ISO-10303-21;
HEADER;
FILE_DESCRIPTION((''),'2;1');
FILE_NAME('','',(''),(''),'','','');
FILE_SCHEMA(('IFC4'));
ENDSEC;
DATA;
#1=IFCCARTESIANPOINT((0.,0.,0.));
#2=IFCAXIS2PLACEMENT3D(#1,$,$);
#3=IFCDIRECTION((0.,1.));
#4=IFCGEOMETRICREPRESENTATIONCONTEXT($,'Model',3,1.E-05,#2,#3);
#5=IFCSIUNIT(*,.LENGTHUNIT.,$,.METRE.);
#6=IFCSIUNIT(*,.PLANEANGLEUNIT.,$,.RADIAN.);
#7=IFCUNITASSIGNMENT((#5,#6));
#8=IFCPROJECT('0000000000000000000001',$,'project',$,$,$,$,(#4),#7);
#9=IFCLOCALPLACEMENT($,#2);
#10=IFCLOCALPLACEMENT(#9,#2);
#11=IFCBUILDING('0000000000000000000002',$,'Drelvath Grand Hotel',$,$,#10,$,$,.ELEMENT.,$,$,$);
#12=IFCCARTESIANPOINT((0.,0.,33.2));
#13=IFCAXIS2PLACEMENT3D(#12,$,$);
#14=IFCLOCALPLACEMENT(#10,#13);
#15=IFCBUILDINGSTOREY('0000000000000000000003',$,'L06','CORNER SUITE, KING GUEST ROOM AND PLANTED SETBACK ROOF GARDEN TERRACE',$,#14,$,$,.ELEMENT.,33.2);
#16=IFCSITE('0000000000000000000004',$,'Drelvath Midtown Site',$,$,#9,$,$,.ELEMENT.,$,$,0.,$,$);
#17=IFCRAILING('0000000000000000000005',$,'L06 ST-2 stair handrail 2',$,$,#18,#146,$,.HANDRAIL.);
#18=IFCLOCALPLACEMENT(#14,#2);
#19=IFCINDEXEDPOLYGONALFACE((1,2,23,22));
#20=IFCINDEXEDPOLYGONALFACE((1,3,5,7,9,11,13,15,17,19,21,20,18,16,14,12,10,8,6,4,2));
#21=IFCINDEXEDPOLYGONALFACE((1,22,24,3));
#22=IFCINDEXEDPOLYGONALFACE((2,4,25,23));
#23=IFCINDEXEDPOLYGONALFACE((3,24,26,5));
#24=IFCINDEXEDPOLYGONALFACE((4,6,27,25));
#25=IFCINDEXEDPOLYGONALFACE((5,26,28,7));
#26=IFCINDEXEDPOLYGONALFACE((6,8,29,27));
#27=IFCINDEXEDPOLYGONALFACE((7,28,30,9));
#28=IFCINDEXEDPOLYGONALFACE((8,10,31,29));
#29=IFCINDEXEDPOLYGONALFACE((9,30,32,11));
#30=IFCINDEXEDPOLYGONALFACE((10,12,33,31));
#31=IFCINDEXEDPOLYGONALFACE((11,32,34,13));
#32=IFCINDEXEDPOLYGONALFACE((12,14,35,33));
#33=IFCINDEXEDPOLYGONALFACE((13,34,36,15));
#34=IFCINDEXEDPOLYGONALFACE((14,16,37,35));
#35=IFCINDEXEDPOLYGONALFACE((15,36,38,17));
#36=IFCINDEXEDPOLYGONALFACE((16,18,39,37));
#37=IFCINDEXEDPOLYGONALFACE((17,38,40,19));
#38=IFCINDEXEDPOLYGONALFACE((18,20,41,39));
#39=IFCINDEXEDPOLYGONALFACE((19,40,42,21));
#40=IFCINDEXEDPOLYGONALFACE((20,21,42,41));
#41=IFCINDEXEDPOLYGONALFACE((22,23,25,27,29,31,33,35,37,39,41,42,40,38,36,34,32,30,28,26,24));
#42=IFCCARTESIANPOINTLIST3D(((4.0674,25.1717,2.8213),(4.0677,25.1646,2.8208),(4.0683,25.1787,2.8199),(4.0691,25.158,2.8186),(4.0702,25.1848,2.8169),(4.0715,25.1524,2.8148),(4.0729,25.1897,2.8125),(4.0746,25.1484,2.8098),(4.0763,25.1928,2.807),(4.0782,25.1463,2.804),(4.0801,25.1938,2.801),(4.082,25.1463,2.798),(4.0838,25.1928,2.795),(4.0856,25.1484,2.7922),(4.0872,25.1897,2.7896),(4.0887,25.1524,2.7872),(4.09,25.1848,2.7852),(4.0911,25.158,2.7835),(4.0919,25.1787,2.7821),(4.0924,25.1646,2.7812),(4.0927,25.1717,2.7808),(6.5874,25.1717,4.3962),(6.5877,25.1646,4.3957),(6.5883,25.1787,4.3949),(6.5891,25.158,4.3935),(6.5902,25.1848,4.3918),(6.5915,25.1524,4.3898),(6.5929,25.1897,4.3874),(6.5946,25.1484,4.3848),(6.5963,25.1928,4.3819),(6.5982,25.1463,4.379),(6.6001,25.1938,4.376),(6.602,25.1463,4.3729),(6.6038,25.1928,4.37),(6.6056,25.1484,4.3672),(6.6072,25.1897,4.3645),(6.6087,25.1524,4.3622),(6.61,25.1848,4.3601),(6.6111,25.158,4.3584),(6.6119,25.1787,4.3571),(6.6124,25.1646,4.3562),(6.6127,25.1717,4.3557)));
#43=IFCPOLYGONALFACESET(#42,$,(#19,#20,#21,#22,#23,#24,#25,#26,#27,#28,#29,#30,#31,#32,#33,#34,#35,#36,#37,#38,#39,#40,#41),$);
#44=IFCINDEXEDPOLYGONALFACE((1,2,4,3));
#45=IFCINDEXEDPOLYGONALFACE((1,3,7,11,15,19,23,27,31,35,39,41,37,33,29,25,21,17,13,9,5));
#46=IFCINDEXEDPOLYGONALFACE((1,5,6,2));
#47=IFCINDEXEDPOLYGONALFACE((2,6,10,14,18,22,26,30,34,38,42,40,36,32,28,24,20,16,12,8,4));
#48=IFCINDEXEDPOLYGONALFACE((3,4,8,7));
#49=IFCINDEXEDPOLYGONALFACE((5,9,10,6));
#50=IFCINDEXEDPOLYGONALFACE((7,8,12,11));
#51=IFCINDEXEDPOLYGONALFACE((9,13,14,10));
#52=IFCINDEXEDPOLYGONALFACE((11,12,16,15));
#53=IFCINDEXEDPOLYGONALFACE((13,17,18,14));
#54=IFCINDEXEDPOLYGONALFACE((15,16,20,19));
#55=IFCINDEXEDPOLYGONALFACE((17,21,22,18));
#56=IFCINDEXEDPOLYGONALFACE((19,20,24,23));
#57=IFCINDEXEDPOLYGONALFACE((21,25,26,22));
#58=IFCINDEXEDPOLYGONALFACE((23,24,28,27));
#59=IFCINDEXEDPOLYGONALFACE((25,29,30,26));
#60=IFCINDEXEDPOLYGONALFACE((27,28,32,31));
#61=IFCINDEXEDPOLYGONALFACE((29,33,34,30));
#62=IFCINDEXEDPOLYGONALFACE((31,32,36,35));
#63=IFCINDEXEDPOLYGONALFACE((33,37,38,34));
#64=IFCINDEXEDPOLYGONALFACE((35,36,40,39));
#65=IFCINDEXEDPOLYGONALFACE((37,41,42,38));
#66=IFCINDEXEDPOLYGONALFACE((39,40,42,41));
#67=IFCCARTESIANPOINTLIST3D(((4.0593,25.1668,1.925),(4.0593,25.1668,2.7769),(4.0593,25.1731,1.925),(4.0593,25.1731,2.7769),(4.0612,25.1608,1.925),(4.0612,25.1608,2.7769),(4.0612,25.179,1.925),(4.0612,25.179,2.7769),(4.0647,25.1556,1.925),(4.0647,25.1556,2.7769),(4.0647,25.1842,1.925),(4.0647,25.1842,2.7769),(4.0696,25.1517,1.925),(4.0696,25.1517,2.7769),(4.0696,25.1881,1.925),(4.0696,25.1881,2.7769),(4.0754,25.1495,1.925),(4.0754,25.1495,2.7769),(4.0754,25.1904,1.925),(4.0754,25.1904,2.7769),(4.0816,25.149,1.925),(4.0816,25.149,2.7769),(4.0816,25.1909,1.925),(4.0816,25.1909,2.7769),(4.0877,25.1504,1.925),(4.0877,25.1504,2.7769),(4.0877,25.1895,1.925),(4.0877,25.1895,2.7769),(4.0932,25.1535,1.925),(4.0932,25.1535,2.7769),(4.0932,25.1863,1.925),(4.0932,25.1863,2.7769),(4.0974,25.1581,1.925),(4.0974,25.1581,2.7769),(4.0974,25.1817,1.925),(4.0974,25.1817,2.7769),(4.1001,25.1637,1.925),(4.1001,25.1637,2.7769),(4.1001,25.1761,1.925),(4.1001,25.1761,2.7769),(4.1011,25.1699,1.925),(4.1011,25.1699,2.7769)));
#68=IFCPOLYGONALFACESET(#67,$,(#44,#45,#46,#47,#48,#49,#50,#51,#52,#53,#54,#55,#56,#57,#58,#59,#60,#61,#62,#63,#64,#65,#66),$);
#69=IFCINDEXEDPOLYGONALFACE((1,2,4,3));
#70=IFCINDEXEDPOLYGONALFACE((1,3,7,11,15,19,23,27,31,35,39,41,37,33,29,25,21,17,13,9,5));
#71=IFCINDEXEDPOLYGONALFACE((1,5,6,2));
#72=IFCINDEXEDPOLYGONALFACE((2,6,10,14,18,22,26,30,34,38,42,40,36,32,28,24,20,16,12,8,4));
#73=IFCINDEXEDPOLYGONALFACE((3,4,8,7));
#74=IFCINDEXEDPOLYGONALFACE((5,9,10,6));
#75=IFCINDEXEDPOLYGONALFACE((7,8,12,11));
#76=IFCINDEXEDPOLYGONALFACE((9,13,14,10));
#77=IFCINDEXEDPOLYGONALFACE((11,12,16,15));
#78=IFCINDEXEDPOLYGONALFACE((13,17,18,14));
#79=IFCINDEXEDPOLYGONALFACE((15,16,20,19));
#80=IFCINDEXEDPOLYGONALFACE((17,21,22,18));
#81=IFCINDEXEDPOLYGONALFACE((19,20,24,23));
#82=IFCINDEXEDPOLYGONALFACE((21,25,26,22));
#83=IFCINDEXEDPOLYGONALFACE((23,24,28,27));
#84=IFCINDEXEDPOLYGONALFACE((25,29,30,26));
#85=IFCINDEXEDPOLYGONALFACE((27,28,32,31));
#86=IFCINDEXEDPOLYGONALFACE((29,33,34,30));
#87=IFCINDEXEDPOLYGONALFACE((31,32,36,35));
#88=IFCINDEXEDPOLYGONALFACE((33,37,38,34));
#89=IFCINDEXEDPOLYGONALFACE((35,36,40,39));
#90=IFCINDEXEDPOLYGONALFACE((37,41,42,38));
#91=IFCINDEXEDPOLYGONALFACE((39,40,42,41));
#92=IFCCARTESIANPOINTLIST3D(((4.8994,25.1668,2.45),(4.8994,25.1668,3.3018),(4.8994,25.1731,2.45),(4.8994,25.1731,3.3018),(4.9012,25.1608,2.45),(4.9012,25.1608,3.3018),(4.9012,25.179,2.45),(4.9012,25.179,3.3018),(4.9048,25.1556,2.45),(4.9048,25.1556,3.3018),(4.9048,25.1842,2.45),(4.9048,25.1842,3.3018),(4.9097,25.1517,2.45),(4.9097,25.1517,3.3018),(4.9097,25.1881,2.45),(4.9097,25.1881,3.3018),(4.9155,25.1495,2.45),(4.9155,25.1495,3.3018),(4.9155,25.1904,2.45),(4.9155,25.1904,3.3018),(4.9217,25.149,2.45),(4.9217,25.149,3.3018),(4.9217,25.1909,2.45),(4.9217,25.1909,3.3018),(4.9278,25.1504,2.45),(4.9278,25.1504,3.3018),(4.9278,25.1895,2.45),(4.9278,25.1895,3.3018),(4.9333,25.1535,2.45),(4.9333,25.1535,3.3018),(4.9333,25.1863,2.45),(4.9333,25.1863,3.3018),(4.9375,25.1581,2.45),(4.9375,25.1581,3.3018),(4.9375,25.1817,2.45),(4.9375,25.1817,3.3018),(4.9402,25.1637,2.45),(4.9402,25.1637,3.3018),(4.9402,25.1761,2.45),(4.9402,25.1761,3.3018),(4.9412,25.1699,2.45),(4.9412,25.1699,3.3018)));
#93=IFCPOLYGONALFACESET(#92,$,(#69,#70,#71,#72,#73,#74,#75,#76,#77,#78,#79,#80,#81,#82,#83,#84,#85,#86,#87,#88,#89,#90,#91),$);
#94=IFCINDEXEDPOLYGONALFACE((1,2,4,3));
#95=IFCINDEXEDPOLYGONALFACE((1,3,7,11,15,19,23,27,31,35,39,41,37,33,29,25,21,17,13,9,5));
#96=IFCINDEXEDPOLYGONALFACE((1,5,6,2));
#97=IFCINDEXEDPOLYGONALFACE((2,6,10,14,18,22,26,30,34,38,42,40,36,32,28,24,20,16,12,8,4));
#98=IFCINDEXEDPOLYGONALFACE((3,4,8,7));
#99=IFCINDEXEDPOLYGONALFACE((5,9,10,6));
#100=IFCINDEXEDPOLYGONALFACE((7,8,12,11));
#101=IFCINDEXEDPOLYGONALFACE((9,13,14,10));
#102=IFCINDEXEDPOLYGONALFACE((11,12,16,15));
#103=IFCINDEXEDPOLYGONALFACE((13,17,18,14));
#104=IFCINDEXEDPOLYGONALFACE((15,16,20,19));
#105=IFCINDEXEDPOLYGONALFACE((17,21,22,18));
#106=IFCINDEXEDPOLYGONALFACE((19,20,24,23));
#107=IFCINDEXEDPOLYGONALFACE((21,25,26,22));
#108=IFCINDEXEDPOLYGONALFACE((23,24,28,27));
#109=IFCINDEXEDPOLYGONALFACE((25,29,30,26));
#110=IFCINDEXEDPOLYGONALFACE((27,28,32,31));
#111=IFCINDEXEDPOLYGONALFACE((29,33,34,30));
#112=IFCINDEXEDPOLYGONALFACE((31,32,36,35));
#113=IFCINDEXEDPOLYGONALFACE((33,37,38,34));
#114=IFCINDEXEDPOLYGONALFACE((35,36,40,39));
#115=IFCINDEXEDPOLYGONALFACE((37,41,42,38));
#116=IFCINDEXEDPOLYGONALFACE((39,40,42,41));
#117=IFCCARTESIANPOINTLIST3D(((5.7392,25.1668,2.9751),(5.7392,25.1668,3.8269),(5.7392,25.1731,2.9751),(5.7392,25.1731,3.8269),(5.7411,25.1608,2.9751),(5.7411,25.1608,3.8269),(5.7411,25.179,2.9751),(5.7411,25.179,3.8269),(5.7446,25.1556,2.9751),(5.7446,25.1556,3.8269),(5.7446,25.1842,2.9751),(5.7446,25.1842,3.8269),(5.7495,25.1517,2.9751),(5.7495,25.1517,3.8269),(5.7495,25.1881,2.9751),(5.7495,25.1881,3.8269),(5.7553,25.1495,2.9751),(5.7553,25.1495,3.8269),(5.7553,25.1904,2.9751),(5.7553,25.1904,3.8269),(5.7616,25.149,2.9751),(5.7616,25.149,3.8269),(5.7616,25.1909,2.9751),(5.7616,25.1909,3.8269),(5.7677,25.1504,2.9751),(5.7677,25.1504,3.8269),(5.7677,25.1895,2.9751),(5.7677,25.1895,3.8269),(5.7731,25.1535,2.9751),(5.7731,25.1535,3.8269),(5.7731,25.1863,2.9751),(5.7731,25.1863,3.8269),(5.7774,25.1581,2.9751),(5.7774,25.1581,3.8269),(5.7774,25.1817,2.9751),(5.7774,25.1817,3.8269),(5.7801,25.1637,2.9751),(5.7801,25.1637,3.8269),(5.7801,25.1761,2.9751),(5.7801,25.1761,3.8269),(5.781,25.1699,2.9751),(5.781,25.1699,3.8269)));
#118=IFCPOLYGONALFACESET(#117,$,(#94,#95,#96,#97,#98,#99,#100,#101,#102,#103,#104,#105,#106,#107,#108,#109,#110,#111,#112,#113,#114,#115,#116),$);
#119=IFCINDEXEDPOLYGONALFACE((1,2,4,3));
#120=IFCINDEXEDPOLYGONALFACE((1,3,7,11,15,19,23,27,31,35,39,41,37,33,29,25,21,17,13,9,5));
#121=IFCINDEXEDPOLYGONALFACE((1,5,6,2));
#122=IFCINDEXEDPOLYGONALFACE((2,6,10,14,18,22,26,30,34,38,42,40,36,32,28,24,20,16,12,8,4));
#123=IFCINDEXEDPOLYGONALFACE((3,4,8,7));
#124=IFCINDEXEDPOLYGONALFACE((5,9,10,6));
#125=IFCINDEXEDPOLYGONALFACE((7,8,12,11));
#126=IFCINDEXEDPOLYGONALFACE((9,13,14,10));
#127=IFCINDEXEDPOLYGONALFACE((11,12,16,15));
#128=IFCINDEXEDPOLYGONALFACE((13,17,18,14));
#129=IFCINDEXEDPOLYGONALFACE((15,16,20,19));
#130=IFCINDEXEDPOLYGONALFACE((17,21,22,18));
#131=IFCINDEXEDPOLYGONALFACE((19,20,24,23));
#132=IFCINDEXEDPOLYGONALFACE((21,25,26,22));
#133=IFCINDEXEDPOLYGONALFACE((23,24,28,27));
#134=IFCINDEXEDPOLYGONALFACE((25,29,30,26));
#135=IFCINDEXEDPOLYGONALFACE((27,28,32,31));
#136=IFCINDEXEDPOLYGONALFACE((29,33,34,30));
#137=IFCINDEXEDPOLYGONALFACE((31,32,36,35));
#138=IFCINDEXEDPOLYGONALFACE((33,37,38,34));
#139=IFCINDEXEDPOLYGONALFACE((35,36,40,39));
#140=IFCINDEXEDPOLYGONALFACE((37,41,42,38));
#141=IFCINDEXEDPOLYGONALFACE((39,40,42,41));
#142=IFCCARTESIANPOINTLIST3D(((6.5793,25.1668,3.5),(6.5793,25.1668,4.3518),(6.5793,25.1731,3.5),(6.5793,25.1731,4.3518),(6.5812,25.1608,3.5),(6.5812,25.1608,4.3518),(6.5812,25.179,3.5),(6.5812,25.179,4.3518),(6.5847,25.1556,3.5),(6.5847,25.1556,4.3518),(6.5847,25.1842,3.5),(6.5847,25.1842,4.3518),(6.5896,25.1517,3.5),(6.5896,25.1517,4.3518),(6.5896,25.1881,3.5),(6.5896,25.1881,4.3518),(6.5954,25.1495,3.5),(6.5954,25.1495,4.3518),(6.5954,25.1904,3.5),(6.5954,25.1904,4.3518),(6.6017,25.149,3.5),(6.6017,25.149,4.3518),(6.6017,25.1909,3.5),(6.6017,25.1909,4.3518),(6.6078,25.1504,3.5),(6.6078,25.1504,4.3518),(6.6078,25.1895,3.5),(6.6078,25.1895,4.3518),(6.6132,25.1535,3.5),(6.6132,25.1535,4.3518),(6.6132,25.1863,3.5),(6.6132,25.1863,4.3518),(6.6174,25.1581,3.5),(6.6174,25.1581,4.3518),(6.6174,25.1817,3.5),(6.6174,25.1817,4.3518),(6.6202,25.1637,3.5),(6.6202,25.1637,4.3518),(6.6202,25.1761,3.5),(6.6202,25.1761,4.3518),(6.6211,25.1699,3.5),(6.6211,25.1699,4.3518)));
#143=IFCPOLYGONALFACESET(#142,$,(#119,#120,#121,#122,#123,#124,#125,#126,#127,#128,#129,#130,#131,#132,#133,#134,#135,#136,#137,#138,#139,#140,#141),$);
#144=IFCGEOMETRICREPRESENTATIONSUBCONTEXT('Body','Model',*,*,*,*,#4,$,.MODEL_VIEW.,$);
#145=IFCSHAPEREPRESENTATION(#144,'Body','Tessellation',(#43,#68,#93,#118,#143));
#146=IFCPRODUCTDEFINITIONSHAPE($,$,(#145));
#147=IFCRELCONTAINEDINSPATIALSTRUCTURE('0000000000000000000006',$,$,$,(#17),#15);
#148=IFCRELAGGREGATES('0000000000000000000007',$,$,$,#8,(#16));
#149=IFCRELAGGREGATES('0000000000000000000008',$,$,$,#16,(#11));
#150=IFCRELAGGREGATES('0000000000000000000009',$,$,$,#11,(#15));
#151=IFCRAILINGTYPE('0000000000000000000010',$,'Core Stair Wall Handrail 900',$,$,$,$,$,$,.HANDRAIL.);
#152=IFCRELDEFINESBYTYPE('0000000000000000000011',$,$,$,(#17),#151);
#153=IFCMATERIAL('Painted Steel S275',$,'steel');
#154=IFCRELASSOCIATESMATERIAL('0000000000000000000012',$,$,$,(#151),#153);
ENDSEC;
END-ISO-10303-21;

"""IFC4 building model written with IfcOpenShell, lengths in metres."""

from ifc_helpers import new_model, si_unit, direction, frame, origin, origin_2d, place, context, subcontext, project, spatial, circle, extrude, material, type_object, element, save


model = new_model("IFC4")

# Units and contexts
model_context = context("Model", 3, precision=1e-05, world=origin(), true_north=direction((0.0, 1.0)))
body_context = subcontext(model_context, "Body", "Model", "MODEL_VIEW")
ifc_project = project(units=[si_unit("LENGTHUNIT", "METRE"), si_unit("PLANEANGLEUNIT", "RADIAN")], contexts=[model_context])

# Site, building, storey
site_placement = place(None, origin())
site = spatial("IfcSite", under=ifc_project, at=site_placement, Name="Drelvath Midtown Site", CompositionType="ELEMENT", RefElevation=0.0)
building_placement = place(site_placement, origin())
building = spatial("IfcBuilding", under=site, at=building_placement, Name="Drelvath Grand Hotel", CompositionType="ELEMENT")
storey_placement = place(building_placement, frame((0.0, 0.0, 33.2)))
storey = spatial("IfcBuildingStorey", under=building, at=storey_placement, Name="L06", Description="CORNER SUITE, KING GUEST ROOM AND PLANTED SETBACK ROOF GARDEN TERRACE", CompositionType="ELEMENT", Elevation=33.2)

# Shared definitions
ifc_material_1 = material(Name="Painted Steel S275", Category="steel")

# Railing
railing_type_1 = type_object("IfcRailingType", Name="Core Stair Wall Handrail 900", PredefinedType="HANDRAIL", material=ifc_material_1)
railing_1_placement = place(storey_placement, frame((4.0801, 25.1699, 1.925)))
element("IfcRailing", 1, at=railing_1_placement, inside=storey, type_object=railing_type_1, Name="L06 ST-2 stair handrail 2", PredefinedType="HANDRAIL", context=body_context, shape_type="SweptSolid", body=[
    extrude(circle(Radius=0.0239, at=origin_2d()), frame((0.0, 0.0, 0.876), z_axis=(0.848008, 0.0, 0.529984), x_axis=(0.0, 1.0, 0.0)), (0.0, 0.0, 1.0), 2.9717),
    extrude(circle(Radius=0.021, at=origin_2d()), origin(), (0.0, 0.0, 1.0), 0.8518),
    extrude(circle(Radius=0.021, at=origin_2d()), frame((0.8401, 0.0, 0.5249)), (0.0, 0.0, 1.0), 0.8518),
    extrude(circle(Radius=0.021, at=origin_2d()), frame((1.6799, 0.0, 1.05)), (0.0, 0.0, 1.0), 0.8518),
    extrude(circle(Radius=0.021, at=origin_2d()), frame((2.52, 0.0, 1.575)), (0.0, 0.0, 1.0), 0.8518),
])

save(model, "model.ifc")
